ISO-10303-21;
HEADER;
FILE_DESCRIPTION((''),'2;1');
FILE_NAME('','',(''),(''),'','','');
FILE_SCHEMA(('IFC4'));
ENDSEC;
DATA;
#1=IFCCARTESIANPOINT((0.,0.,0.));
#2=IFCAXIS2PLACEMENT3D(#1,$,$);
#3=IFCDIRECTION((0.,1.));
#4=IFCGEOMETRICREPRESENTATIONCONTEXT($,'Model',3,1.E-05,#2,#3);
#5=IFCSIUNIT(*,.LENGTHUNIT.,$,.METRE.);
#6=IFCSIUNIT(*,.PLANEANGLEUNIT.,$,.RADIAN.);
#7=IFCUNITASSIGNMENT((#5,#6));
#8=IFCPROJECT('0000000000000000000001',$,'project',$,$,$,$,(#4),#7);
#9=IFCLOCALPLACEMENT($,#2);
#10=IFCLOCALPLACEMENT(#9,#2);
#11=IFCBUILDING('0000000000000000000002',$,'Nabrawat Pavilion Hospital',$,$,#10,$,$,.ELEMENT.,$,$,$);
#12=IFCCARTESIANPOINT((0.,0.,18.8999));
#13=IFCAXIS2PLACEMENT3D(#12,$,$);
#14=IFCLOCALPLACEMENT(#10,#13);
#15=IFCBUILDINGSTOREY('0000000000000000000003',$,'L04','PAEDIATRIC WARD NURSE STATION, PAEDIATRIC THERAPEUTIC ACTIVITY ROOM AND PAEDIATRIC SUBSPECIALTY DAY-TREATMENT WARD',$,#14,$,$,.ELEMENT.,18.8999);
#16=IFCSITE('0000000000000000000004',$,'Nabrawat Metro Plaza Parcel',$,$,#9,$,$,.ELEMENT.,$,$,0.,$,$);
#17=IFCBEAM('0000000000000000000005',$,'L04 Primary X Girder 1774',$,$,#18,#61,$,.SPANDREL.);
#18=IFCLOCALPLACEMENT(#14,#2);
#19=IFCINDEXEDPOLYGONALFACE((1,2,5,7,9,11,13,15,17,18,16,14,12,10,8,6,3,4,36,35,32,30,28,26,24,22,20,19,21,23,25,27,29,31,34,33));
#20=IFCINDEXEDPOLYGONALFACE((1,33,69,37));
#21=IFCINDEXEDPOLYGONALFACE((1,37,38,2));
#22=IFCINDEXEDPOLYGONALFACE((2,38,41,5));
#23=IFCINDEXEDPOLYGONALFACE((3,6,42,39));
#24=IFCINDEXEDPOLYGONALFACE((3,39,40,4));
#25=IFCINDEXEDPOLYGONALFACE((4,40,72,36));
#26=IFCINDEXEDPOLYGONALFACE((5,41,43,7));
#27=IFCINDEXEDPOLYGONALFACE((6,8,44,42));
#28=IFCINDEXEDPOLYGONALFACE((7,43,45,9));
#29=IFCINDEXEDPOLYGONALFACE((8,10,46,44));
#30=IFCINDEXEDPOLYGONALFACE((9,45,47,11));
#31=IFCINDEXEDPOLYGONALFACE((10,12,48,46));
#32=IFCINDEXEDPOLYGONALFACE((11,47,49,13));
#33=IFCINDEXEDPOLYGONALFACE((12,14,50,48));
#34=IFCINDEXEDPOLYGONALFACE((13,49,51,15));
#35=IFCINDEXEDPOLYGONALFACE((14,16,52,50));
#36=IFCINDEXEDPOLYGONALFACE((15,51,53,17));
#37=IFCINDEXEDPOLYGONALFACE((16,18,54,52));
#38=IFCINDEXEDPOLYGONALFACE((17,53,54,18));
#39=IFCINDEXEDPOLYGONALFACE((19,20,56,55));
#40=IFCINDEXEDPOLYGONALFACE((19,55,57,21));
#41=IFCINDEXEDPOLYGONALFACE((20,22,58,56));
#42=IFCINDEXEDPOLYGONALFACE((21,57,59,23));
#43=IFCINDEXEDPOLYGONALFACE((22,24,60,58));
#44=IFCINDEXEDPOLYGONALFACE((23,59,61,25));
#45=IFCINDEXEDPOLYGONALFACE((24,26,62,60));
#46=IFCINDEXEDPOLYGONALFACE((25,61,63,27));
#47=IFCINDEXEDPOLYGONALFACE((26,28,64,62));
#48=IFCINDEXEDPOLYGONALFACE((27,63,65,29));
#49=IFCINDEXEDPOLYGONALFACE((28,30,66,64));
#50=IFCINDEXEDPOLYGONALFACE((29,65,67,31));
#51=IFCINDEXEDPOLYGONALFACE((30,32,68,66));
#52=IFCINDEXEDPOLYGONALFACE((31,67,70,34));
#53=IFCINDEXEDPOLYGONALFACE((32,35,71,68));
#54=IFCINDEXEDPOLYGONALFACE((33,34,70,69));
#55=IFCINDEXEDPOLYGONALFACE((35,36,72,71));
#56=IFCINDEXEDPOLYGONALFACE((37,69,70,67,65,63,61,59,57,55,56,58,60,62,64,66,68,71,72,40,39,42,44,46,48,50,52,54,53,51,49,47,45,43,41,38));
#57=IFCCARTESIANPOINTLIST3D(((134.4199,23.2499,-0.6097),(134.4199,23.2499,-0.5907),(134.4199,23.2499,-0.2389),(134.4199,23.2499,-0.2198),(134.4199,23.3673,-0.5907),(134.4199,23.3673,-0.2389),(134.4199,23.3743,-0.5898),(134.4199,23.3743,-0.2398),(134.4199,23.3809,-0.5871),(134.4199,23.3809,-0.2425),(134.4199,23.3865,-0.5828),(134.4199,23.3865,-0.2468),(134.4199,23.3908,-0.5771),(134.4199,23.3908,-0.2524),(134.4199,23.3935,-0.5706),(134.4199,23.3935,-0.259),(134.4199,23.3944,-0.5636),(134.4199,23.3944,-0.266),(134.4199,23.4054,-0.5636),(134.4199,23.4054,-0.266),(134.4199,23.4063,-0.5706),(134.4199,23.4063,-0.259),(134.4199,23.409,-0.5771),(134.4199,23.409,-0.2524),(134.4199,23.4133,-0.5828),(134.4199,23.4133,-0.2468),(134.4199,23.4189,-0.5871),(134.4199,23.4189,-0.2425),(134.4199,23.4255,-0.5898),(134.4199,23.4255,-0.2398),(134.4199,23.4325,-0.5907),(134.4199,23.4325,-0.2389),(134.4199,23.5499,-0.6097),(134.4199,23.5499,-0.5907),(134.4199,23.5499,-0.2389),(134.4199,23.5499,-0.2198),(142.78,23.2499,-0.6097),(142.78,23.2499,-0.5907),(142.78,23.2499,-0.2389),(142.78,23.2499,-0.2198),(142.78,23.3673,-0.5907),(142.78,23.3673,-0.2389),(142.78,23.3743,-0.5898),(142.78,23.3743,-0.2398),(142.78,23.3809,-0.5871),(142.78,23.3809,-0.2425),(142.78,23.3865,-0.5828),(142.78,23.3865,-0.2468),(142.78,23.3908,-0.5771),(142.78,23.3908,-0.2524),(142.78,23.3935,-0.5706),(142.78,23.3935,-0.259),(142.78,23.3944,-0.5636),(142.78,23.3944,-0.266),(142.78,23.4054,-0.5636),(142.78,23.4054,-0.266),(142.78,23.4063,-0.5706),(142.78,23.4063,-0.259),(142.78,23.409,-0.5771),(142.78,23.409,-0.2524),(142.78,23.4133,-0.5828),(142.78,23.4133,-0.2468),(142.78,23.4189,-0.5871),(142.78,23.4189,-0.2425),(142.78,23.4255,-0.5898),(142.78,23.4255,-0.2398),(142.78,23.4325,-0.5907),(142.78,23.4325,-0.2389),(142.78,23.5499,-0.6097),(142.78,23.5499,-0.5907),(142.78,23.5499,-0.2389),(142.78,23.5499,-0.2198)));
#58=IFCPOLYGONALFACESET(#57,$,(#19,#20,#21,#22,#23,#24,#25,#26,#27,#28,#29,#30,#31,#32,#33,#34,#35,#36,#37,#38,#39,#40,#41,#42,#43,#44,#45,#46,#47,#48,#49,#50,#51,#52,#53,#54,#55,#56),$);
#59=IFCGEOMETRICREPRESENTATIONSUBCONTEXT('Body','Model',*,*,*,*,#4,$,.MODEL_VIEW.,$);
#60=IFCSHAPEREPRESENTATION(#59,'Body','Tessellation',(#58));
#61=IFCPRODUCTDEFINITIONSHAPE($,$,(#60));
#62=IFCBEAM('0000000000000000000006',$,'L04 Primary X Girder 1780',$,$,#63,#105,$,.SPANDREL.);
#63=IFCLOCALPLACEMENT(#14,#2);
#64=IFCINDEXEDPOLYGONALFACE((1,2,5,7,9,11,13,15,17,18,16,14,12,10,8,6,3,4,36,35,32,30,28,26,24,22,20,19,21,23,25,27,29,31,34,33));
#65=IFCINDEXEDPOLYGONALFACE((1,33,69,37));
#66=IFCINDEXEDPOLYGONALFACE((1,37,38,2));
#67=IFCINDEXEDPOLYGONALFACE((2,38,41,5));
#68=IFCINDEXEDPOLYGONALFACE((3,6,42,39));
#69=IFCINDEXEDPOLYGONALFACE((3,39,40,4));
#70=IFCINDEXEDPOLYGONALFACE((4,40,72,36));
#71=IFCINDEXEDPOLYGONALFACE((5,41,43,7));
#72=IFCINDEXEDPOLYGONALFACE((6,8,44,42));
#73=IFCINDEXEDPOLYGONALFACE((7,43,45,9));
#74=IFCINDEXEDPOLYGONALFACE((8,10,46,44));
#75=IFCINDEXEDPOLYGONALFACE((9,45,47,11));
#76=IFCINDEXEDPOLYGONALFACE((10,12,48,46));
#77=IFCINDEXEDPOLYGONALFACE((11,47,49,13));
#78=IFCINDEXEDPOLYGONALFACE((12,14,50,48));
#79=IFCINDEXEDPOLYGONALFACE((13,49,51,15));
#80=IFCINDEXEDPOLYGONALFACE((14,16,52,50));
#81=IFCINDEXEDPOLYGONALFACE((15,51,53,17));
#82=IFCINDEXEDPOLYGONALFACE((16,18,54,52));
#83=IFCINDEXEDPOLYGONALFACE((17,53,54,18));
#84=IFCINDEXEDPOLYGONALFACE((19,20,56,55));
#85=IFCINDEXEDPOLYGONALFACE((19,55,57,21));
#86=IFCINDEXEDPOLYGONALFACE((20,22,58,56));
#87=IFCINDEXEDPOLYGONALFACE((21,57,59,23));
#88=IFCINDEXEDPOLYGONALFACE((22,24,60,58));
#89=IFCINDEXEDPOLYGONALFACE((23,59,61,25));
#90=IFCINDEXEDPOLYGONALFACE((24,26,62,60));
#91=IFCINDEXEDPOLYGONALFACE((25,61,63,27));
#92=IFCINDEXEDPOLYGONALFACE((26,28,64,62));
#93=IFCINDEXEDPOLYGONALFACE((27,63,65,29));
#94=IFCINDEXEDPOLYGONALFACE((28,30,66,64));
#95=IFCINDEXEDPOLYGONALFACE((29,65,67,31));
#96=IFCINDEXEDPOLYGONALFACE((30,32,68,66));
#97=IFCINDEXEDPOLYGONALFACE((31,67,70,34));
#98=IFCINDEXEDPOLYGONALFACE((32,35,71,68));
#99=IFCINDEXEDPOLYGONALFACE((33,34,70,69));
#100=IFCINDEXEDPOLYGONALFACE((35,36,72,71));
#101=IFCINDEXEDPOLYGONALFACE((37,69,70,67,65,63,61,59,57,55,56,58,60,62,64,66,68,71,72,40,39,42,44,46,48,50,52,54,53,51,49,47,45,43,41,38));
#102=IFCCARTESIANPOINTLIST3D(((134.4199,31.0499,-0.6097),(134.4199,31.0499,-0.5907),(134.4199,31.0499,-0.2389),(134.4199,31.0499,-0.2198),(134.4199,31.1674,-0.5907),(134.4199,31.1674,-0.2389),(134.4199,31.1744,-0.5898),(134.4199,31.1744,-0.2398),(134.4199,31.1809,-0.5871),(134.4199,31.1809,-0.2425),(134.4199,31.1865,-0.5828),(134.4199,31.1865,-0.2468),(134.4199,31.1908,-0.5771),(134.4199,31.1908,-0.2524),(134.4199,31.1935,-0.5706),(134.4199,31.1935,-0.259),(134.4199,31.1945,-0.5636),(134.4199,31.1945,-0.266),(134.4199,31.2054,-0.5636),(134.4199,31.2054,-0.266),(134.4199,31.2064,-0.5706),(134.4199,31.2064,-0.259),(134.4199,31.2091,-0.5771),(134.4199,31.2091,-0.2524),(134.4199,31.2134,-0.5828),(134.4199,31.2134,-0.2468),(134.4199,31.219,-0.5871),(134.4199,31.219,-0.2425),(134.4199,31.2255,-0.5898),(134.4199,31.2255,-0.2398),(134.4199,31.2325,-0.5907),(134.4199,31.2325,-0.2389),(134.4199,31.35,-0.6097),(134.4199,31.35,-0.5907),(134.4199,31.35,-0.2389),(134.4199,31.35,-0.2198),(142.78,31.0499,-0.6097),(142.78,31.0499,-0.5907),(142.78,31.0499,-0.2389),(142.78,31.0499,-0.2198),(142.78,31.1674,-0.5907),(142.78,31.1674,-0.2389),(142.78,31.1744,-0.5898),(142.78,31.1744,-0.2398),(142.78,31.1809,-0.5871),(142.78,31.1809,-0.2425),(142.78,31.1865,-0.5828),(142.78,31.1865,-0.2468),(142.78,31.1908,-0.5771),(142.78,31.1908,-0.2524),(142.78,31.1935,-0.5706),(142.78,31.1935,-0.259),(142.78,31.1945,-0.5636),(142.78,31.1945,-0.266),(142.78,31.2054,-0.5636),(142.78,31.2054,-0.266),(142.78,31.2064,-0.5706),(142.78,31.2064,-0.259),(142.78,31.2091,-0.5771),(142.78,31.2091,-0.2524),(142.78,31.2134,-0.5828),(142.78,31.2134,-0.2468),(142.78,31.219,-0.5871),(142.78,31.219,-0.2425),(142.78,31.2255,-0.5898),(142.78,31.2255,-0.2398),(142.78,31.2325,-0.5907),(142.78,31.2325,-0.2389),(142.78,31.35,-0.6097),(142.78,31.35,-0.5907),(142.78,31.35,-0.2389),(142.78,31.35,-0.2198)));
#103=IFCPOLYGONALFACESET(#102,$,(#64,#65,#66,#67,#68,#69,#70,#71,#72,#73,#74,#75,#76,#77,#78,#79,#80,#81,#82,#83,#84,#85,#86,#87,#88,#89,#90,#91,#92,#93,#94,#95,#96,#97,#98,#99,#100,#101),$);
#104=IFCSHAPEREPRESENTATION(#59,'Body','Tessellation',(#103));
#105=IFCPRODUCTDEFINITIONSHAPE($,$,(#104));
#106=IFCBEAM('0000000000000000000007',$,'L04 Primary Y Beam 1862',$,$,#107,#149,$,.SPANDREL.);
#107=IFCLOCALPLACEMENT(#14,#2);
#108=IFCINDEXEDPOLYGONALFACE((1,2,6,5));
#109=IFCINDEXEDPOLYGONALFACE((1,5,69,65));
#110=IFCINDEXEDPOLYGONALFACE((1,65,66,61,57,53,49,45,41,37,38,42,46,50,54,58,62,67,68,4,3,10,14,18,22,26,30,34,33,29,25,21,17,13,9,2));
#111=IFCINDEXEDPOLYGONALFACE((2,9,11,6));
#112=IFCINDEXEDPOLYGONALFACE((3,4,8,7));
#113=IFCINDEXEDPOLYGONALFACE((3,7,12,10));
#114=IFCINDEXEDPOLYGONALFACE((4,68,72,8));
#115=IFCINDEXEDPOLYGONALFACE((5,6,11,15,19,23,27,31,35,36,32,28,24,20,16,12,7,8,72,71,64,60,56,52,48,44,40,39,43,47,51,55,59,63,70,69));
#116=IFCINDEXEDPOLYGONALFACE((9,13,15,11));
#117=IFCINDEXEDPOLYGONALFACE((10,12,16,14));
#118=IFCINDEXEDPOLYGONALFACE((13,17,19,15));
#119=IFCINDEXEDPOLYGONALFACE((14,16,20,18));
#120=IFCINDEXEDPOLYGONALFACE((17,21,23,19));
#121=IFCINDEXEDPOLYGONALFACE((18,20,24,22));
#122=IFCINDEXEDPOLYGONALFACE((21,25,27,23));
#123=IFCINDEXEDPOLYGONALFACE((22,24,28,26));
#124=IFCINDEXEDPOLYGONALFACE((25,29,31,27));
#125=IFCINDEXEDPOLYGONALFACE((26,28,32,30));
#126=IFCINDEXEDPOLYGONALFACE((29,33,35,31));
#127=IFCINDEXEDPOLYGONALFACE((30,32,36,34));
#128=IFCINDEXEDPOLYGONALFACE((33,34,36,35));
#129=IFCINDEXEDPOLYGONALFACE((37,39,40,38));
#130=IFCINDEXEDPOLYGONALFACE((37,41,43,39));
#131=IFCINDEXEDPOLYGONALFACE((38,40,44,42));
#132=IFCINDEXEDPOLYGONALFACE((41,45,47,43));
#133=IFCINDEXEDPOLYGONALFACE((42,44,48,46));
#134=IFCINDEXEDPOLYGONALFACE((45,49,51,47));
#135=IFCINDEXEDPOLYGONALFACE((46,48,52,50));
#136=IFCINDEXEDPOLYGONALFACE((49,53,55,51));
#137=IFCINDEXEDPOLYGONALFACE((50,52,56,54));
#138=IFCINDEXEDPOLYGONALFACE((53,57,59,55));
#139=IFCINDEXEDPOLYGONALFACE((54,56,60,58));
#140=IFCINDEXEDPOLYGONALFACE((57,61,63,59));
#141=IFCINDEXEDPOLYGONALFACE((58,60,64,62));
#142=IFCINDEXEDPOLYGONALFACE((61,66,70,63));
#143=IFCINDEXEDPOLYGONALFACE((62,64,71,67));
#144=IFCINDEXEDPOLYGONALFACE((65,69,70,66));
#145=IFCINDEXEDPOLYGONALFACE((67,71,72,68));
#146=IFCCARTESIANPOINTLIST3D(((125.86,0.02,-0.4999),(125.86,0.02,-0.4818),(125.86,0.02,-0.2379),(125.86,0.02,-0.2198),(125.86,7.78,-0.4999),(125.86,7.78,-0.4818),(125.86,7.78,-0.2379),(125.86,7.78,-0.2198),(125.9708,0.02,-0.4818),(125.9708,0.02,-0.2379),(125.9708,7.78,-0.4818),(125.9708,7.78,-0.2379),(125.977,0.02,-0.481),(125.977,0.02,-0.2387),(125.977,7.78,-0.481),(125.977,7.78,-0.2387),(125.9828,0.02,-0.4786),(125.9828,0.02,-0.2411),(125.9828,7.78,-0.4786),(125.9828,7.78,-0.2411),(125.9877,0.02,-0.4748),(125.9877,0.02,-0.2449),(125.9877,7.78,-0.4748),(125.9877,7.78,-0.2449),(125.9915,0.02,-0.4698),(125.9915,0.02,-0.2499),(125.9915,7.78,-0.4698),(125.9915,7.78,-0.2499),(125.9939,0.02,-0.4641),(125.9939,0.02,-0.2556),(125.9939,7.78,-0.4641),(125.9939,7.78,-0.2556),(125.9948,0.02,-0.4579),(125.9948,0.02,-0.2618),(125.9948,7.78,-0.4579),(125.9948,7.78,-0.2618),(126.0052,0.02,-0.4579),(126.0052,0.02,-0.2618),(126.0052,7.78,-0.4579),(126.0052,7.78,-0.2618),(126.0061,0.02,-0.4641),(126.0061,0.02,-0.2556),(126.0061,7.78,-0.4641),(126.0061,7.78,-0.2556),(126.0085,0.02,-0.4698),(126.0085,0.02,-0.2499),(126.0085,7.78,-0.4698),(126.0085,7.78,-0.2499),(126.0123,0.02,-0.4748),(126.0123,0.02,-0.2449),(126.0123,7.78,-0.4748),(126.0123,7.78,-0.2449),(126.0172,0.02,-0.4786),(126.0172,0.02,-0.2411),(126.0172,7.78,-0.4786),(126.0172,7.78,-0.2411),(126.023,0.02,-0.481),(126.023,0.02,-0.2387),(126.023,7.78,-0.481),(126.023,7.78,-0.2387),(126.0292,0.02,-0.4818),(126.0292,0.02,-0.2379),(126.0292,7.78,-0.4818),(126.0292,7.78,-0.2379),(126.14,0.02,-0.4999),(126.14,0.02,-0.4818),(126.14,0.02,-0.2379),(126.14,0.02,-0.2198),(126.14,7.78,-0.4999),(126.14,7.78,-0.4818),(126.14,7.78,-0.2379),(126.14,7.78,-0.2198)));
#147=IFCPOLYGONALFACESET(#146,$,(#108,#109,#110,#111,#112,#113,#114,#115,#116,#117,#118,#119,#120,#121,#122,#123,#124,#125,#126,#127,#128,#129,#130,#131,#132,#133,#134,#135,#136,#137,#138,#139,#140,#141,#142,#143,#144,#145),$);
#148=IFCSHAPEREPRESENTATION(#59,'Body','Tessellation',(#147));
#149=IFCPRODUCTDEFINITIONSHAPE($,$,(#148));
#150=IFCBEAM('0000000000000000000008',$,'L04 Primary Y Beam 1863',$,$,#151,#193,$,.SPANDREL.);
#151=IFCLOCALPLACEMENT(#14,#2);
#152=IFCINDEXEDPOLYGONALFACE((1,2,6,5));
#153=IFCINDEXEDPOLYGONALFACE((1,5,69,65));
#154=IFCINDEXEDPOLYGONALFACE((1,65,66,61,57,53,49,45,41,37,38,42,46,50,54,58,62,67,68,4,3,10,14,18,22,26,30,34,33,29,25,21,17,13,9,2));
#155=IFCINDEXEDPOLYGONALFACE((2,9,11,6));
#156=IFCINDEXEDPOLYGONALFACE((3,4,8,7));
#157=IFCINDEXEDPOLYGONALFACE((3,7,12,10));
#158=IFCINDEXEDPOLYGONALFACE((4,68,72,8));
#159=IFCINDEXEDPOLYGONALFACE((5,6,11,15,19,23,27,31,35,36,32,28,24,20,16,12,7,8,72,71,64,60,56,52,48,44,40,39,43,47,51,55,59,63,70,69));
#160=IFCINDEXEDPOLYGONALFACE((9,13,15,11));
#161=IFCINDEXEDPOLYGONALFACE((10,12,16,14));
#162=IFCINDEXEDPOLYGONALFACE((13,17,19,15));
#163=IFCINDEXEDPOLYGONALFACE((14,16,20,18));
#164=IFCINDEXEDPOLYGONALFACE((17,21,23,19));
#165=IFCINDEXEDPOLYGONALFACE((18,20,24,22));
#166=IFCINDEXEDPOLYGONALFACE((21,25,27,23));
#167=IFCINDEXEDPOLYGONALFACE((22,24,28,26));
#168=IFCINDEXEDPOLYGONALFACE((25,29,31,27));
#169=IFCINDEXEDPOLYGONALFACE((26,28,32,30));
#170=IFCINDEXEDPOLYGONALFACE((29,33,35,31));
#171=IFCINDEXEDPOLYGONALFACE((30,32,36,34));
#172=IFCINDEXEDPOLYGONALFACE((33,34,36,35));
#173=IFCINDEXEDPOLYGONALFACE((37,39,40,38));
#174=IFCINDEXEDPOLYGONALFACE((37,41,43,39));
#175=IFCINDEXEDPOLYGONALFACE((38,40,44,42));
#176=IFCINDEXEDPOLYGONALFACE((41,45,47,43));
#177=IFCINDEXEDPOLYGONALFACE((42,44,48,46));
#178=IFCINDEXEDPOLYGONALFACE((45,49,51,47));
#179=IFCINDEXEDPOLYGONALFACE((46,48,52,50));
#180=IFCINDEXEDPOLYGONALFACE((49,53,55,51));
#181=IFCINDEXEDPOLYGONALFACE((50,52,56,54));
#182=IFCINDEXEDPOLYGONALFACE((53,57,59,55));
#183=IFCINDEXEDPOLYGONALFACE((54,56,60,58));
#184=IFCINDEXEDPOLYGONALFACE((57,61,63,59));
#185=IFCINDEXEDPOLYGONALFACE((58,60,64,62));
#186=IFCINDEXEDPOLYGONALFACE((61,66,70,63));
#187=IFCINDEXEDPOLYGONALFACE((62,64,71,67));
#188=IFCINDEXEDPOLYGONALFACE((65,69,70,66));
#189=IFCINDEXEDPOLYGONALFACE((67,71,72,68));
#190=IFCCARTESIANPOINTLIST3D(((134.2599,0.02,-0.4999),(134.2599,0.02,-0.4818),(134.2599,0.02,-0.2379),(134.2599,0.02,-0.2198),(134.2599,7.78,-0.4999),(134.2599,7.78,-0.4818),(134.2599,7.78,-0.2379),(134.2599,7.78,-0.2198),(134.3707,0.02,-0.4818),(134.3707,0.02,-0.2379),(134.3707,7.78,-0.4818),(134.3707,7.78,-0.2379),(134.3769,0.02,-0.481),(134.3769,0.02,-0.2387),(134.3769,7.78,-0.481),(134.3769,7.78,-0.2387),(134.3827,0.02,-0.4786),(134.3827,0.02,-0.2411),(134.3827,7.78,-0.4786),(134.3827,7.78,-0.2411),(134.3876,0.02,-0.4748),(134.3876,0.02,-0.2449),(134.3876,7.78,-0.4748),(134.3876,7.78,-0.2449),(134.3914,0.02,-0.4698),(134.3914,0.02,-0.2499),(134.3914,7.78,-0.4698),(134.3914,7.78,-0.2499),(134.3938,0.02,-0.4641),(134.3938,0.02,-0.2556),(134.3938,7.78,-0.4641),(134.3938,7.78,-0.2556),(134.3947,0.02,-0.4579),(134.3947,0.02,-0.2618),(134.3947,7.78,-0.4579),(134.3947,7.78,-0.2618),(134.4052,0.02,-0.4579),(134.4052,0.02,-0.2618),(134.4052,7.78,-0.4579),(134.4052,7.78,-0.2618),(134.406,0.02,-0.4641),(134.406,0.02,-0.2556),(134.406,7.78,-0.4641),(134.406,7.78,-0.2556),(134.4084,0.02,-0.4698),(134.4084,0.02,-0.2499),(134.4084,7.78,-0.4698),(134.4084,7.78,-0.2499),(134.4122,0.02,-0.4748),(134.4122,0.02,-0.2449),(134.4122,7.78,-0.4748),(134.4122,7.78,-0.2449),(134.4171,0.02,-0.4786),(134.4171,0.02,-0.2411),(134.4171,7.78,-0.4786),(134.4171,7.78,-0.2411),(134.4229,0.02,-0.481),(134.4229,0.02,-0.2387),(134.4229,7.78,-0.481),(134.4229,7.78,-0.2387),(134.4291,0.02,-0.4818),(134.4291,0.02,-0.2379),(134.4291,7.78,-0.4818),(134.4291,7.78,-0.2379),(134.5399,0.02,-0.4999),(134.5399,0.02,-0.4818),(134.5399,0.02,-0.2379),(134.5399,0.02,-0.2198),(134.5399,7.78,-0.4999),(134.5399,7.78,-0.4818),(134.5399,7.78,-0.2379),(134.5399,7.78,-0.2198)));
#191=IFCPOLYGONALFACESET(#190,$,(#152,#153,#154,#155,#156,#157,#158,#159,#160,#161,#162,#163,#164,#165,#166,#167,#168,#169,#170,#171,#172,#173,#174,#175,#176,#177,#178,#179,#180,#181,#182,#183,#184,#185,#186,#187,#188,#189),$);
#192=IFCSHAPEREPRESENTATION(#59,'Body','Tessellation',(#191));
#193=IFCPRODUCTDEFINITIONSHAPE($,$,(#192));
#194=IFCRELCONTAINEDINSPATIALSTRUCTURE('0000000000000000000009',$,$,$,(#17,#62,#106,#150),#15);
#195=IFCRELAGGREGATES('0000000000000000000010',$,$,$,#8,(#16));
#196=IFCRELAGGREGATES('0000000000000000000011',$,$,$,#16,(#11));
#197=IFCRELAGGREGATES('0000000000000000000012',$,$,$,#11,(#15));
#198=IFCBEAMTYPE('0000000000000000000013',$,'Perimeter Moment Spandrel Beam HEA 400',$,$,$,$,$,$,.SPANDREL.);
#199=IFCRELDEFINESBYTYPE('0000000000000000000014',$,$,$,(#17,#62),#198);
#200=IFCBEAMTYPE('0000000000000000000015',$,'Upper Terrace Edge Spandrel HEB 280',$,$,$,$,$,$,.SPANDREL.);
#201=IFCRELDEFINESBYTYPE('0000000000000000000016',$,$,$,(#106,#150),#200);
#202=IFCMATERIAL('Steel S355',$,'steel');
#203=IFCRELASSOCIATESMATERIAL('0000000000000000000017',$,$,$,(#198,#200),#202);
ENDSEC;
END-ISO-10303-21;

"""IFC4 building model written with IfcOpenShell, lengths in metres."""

from ifc_helpers import new_model, si_unit, direction, frame, origin, origin_2d, place, context, subcontext, project, spatial, i_section, extrude, material, material_profile, profile_set, type_object, element, save


model = new_model("IFC4")

# Units and contexts
model_context = context("Model", 3, precision=1e-05, world=origin(), true_north=direction((0.0, 1.0)))
body_context = subcontext(model_context, "Body", "Model", "MODEL_VIEW")
ifc_project = project(units=[si_unit("LENGTHUNIT", "METRE"), si_unit("PLANEANGLEUNIT", "RADIAN")], contexts=[model_context])

# Site, building, storey
site_placement = place(None, origin())
site = spatial("IfcSite", under=ifc_project, at=site_placement, Name="Nabrawat Metro Plaza Parcel", CompositionType="ELEMENT", RefElevation=0.0)
building_placement = place(site_placement, origin())
building = spatial("IfcBuilding", under=site, at=building_placement, Name="Nabrawat Pavilion Hospital", CompositionType="ELEMENT")
storey_placement = place(building_placement, frame((0.0, 0.0, 18.8999)))
storey = spatial("IfcBuildingStorey", under=building, at=storey_placement, Name="L04", Description="PAEDIATRIC WARD NURSE STATION, PAEDIATRIC THERAPEUTIC ACTIVITY ROOM AND PAEDIATRIC SUBSPECIALTY DAY-TREATMENT WARD", CompositionType="ELEMENT", Elevation=18.8999)

# Beams
ifc_material_1 = material(Name="Steel S355", Category="steel")
ifc_material_profile_1 = material_profile(ifc_material_1, i_section(OverallWidth=0.3, OverallDepth=0.3899, WebThickness=0.011, FlangeThickness=0.019, FilletRadius=0.0271, at=origin_2d()), Name="HEA 400")
ifc_profile_set_1 = profile_set([ifc_material_profile_1], Name="Steel S355")
beam_type_1 = type_object("IfcBeamType", Name="Perimeter Moment Spandrel Beam HEA 400", PredefinedType="SPANDREL", material=ifc_profile_set_1)
for number, where, z_axis, x_axis, name in (
    (1, (134.4199, 23.3999, -0.4148), (1.0, 0.0, 0.0), (0.0, 1.0, 0.0), "L04 Primary X Girder 1774"),
    (2, (134.4199, 31.2, -0.4148), (1.0, 0.0, 0.0), (0.0, 1.0, 0.0), "L04 Primary X Girder 1780"),
):
    element("IfcBeam", number, at=place(storey_placement, frame(where, z_axis=z_axis, x_axis=x_axis)), inside=storey, type_object=beam_type_1, Name=name, PredefinedType="SPANDREL", context=body_context, shape_type="SweptSolid", body=[
        extrude(i_section(OverallWidth=0.3, OverallDepth=0.3899, WebThickness=0.011, FlangeThickness=0.019, FilletRadius=0.0271, at=origin_2d()), origin(), (0.0, 0.0, 1.0), 8.3601),
    ])
ifc_material_profile_2 = material_profile(ifc_material_1, i_section(OverallWidth=0.28, OverallDepth=0.28, WebThickness=0.0105, FlangeThickness=0.0181, FilletRadius=0.0239, at=origin_2d()), Name="HEB 280")
ifc_profile_set_2 = profile_set([ifc_material_profile_2], Name="Steel S355")
beam_type_2 = type_object("IfcBeamType", Name="Upper Terrace Edge Spandrel HEB 280", PredefinedType="SPANDREL", material=ifc_profile_set_2)
for number, where, z_axis, x_axis, name in (
    (3, (126.0, 0.02, -0.3599), (0.0, 1.0, 0.0), (-1.0, 0.0, 0.0), "L04 Primary Y Beam 1862"),
    (4, (134.3999, 0.02, -0.3599), (0.0, 1.0, 0.0), (-1.0, 0.0, 0.0), "L04 Primary Y Beam 1863"),
):
    element("IfcBeam", number, at=place(storey_placement, frame(where, z_axis=z_axis, x_axis=x_axis)), inside=storey, type_object=beam_type_2, Name=name, PredefinedType="SPANDREL", context=body_context, shape_type="SweptSolid", body=[
        extrude(i_section(OverallWidth=0.28, OverallDepth=0.28, WebThickness=0.0105, FlangeThickness=0.0181, FilletRadius=0.0239, at=origin_2d()), origin(), (0.0, 0.0, 1.0), 7.76),
    ])

save(model, "model.ifc")
